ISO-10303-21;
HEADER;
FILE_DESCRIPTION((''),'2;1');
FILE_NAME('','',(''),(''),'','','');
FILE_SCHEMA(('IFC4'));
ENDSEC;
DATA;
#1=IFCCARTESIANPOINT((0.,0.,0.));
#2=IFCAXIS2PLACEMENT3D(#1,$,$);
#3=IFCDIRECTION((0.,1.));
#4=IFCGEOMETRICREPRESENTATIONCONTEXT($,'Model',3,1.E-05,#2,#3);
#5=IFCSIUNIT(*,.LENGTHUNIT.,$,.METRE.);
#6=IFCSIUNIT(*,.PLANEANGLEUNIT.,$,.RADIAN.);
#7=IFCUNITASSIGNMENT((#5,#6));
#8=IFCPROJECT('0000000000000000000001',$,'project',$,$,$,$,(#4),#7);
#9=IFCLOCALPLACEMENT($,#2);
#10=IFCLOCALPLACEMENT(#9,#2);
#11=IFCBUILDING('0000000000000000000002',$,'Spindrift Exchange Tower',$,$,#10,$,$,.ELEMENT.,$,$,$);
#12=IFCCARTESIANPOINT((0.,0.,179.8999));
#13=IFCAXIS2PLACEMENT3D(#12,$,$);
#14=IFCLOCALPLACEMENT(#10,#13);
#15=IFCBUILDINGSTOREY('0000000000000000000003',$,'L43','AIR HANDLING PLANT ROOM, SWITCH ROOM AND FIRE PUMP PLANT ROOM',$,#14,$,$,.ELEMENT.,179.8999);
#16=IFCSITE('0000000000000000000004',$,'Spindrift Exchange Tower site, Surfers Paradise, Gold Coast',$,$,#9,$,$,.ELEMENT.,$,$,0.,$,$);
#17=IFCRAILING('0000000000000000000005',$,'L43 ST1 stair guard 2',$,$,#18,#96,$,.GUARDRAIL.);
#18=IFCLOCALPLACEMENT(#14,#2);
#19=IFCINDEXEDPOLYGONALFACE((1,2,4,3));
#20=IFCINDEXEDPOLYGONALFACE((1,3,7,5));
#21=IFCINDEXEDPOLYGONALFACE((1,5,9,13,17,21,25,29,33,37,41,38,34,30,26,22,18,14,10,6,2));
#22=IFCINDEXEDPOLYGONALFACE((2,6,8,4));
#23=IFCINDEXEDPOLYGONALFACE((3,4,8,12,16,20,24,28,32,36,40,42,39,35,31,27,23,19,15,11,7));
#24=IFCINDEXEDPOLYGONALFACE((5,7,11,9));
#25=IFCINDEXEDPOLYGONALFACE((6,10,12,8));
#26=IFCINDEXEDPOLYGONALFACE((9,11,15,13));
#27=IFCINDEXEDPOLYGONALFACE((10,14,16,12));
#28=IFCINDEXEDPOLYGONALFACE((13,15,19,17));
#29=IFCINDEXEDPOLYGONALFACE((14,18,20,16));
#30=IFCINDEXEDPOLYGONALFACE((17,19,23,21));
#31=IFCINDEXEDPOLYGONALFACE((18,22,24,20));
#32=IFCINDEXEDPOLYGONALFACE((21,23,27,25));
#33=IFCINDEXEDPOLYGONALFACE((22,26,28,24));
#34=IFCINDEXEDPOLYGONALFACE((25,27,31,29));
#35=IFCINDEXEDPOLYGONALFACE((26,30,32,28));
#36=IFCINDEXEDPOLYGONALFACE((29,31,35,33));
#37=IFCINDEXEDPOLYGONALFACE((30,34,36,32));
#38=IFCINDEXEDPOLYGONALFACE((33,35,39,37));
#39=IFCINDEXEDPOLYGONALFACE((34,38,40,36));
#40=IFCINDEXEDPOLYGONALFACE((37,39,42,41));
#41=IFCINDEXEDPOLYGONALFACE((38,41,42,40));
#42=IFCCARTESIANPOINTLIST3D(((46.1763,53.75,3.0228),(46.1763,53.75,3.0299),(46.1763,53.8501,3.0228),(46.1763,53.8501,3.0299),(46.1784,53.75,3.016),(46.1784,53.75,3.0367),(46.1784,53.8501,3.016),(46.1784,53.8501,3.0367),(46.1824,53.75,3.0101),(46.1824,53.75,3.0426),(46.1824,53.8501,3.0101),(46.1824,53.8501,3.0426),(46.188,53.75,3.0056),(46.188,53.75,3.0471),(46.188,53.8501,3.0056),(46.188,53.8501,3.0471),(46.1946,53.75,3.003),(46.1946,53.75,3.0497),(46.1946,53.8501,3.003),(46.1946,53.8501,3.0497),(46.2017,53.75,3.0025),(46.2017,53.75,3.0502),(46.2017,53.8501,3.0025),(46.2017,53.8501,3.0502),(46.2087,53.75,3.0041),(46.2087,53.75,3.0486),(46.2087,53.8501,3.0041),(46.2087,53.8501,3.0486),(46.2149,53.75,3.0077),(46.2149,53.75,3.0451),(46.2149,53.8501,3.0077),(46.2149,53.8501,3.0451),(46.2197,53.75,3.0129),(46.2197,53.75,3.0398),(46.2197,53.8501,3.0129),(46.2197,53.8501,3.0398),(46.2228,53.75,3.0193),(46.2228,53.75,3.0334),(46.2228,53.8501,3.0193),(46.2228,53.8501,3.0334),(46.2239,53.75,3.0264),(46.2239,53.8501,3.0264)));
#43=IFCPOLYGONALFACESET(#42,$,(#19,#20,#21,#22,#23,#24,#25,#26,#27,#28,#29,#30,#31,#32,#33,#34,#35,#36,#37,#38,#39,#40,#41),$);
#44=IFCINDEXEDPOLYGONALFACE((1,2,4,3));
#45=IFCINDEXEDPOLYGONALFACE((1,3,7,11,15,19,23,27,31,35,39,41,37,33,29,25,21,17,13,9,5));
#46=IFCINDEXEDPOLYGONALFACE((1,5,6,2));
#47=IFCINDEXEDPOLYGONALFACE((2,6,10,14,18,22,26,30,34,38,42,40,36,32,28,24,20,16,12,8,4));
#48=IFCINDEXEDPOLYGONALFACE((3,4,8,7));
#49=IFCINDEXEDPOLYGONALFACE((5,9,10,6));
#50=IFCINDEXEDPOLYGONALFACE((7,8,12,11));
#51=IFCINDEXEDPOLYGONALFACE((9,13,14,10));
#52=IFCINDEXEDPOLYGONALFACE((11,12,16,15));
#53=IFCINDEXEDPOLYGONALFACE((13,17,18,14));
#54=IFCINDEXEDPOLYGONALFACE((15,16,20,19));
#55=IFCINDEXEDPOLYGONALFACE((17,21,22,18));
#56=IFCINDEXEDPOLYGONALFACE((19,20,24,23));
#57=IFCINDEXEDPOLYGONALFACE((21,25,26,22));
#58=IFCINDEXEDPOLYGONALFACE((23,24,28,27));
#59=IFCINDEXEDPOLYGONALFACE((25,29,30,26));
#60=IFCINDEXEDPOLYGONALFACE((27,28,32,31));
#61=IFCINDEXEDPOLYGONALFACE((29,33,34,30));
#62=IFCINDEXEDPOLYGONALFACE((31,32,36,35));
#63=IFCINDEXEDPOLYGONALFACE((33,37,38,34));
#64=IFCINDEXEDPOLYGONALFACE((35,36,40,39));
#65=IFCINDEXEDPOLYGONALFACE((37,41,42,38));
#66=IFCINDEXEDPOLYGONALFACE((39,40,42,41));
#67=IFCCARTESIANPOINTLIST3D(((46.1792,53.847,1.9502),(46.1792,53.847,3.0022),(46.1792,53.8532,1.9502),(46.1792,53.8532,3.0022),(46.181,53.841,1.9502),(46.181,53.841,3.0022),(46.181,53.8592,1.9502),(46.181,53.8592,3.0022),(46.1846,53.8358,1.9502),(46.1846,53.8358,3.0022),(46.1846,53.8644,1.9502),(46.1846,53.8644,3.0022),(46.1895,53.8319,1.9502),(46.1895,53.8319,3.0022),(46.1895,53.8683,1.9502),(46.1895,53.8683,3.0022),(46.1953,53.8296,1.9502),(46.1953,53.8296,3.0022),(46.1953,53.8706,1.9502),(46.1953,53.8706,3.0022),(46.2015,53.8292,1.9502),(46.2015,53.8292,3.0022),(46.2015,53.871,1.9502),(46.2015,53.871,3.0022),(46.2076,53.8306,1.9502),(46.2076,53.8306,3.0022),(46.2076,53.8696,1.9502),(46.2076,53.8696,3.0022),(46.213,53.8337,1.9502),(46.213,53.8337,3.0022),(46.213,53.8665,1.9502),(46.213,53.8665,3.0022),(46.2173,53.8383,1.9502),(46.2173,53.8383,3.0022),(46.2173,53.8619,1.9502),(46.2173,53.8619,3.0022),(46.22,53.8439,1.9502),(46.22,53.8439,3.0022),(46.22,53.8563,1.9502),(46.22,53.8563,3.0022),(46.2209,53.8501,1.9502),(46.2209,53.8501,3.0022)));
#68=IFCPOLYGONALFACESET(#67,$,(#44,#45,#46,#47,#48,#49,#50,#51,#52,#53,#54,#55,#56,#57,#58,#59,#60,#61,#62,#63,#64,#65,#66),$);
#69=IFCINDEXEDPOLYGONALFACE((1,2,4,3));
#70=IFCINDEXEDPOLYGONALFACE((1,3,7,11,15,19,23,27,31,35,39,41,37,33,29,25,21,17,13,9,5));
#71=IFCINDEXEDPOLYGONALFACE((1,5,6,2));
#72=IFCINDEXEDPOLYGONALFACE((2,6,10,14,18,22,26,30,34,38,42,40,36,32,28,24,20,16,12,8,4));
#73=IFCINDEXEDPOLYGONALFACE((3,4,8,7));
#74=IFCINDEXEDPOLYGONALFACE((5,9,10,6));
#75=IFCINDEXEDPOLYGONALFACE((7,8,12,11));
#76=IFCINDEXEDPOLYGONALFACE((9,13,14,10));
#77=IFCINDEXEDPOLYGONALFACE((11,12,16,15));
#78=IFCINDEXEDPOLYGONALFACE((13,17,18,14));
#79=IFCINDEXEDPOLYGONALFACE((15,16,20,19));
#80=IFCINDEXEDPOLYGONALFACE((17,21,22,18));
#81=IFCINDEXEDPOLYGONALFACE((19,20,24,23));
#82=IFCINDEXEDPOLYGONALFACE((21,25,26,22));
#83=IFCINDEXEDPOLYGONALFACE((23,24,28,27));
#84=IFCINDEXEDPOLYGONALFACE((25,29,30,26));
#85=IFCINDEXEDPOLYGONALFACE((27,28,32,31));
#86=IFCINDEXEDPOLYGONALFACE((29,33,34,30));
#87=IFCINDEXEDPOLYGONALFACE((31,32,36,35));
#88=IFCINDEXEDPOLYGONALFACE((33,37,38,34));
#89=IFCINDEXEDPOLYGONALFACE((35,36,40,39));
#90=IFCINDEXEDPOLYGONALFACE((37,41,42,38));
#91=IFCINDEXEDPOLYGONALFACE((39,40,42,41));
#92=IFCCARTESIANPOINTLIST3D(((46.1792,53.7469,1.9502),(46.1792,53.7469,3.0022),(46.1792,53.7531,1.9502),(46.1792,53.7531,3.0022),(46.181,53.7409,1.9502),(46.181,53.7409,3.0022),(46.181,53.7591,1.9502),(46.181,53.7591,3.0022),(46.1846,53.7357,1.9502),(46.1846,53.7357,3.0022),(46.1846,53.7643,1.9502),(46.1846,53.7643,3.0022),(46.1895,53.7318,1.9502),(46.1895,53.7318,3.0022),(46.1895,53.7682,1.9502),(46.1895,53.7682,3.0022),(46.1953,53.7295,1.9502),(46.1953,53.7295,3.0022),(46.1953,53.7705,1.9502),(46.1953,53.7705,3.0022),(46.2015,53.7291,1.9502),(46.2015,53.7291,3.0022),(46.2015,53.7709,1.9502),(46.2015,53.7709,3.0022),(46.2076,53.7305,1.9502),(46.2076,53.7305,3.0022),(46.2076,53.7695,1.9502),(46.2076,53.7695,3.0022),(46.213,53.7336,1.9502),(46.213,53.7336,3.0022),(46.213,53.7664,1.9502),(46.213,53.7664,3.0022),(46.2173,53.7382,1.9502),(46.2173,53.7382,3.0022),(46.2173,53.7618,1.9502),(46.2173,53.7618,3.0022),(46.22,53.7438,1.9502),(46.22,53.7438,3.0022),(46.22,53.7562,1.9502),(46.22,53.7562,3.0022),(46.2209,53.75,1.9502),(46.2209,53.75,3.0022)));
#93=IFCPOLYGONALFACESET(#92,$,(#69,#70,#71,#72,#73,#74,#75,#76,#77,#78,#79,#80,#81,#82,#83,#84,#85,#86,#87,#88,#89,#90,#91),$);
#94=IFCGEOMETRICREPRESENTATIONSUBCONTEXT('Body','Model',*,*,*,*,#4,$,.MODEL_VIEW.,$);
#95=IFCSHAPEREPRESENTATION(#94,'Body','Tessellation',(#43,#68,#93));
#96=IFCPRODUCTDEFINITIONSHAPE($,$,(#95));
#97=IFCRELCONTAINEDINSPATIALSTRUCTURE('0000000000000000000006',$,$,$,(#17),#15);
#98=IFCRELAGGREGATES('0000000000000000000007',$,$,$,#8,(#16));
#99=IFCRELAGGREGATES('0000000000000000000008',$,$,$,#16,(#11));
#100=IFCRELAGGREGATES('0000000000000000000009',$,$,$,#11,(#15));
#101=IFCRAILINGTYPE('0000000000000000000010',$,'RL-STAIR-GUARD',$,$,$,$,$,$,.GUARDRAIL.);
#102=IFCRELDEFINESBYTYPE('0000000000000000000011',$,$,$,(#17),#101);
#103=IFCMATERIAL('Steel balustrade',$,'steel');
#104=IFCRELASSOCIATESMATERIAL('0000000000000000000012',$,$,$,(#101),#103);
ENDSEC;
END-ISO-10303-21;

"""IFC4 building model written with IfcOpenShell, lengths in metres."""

from ifc_helpers import new_model, si_unit, direction, frame, origin, origin_2d, place, context, subcontext, project, spatial, circle, extrude, material, type_object, element, save


model = new_model("IFC4")

# Units and contexts
model_context = context("Model", 3, precision=1e-05, world=origin(), true_north=direction((0.0, 1.0)))
body_context = subcontext(model_context, "Body", "Model", "MODEL_VIEW")
ifc_project = project(units=[si_unit("LENGTHUNIT", "METRE"), si_unit("PLANEANGLEUNIT", "RADIAN")], contexts=[model_context])

# Site, building, storey
site_placement = place(None, origin())
site = spatial("IfcSite", under=ifc_project, at=site_placement, Name="Spindrift Exchange Tower site, Surfers Paradise, Gold Coast", CompositionType="ELEMENT", RefElevation=0.0)
building_placement = place(site_placement, origin())
building = spatial("IfcBuilding", under=site, at=building_placement, Name="Spindrift Exchange Tower", CompositionType="ELEMENT")
storey_placement = place(building_placement, frame((0.0, 0.0, 179.8999)))
storey = spatial("IfcBuildingStorey", under=building, at=storey_placement, Name="L43", Description="AIR HANDLING PLANT ROOM, SWITCH ROOM AND FIRE PUMP PLANT ROOM", CompositionType="ELEMENT", Elevation=179.8999)

# Railing
ifc_material_1 = material(Name="Steel balustrade", Category="steel")
railing_type_1 = type_object("IfcRailingType", Name="RL-STAIR-GUARD", PredefinedType="GUARDRAIL", material=ifc_material_1)
railing_1_placement = place(storey_placement, frame((46.2, 53.8501, 1.9502)))
element("IfcRailing", 1, at=railing_1_placement, inside=storey, type_object=railing_type_1, Name="L43 ST1 stair guard 2", PredefinedType="GUARDRAIL", context=body_context, shape_type="SweptSolid", body=[
    extrude(circle(Radius=0.0239, at=origin_2d()), frame((0.0, 0.0, 1.0762), z_axis=(0.0, -1.0, 0.0), x_axis=(1.0, 0.0, 0.0)), (0.0, 0.0, 1.0), 0.1001),
    extrude(circle(Radius=0.021, at=origin_2d()), origin(), (0.0, 0.0, 1.0), 1.052),
    extrude(circle(Radius=0.021, at=origin_2d()), frame((0.0, -0.1001, 0.0)), (0.0, 0.0, 1.0), 1.052),
])

save(model, "model.ifc")
